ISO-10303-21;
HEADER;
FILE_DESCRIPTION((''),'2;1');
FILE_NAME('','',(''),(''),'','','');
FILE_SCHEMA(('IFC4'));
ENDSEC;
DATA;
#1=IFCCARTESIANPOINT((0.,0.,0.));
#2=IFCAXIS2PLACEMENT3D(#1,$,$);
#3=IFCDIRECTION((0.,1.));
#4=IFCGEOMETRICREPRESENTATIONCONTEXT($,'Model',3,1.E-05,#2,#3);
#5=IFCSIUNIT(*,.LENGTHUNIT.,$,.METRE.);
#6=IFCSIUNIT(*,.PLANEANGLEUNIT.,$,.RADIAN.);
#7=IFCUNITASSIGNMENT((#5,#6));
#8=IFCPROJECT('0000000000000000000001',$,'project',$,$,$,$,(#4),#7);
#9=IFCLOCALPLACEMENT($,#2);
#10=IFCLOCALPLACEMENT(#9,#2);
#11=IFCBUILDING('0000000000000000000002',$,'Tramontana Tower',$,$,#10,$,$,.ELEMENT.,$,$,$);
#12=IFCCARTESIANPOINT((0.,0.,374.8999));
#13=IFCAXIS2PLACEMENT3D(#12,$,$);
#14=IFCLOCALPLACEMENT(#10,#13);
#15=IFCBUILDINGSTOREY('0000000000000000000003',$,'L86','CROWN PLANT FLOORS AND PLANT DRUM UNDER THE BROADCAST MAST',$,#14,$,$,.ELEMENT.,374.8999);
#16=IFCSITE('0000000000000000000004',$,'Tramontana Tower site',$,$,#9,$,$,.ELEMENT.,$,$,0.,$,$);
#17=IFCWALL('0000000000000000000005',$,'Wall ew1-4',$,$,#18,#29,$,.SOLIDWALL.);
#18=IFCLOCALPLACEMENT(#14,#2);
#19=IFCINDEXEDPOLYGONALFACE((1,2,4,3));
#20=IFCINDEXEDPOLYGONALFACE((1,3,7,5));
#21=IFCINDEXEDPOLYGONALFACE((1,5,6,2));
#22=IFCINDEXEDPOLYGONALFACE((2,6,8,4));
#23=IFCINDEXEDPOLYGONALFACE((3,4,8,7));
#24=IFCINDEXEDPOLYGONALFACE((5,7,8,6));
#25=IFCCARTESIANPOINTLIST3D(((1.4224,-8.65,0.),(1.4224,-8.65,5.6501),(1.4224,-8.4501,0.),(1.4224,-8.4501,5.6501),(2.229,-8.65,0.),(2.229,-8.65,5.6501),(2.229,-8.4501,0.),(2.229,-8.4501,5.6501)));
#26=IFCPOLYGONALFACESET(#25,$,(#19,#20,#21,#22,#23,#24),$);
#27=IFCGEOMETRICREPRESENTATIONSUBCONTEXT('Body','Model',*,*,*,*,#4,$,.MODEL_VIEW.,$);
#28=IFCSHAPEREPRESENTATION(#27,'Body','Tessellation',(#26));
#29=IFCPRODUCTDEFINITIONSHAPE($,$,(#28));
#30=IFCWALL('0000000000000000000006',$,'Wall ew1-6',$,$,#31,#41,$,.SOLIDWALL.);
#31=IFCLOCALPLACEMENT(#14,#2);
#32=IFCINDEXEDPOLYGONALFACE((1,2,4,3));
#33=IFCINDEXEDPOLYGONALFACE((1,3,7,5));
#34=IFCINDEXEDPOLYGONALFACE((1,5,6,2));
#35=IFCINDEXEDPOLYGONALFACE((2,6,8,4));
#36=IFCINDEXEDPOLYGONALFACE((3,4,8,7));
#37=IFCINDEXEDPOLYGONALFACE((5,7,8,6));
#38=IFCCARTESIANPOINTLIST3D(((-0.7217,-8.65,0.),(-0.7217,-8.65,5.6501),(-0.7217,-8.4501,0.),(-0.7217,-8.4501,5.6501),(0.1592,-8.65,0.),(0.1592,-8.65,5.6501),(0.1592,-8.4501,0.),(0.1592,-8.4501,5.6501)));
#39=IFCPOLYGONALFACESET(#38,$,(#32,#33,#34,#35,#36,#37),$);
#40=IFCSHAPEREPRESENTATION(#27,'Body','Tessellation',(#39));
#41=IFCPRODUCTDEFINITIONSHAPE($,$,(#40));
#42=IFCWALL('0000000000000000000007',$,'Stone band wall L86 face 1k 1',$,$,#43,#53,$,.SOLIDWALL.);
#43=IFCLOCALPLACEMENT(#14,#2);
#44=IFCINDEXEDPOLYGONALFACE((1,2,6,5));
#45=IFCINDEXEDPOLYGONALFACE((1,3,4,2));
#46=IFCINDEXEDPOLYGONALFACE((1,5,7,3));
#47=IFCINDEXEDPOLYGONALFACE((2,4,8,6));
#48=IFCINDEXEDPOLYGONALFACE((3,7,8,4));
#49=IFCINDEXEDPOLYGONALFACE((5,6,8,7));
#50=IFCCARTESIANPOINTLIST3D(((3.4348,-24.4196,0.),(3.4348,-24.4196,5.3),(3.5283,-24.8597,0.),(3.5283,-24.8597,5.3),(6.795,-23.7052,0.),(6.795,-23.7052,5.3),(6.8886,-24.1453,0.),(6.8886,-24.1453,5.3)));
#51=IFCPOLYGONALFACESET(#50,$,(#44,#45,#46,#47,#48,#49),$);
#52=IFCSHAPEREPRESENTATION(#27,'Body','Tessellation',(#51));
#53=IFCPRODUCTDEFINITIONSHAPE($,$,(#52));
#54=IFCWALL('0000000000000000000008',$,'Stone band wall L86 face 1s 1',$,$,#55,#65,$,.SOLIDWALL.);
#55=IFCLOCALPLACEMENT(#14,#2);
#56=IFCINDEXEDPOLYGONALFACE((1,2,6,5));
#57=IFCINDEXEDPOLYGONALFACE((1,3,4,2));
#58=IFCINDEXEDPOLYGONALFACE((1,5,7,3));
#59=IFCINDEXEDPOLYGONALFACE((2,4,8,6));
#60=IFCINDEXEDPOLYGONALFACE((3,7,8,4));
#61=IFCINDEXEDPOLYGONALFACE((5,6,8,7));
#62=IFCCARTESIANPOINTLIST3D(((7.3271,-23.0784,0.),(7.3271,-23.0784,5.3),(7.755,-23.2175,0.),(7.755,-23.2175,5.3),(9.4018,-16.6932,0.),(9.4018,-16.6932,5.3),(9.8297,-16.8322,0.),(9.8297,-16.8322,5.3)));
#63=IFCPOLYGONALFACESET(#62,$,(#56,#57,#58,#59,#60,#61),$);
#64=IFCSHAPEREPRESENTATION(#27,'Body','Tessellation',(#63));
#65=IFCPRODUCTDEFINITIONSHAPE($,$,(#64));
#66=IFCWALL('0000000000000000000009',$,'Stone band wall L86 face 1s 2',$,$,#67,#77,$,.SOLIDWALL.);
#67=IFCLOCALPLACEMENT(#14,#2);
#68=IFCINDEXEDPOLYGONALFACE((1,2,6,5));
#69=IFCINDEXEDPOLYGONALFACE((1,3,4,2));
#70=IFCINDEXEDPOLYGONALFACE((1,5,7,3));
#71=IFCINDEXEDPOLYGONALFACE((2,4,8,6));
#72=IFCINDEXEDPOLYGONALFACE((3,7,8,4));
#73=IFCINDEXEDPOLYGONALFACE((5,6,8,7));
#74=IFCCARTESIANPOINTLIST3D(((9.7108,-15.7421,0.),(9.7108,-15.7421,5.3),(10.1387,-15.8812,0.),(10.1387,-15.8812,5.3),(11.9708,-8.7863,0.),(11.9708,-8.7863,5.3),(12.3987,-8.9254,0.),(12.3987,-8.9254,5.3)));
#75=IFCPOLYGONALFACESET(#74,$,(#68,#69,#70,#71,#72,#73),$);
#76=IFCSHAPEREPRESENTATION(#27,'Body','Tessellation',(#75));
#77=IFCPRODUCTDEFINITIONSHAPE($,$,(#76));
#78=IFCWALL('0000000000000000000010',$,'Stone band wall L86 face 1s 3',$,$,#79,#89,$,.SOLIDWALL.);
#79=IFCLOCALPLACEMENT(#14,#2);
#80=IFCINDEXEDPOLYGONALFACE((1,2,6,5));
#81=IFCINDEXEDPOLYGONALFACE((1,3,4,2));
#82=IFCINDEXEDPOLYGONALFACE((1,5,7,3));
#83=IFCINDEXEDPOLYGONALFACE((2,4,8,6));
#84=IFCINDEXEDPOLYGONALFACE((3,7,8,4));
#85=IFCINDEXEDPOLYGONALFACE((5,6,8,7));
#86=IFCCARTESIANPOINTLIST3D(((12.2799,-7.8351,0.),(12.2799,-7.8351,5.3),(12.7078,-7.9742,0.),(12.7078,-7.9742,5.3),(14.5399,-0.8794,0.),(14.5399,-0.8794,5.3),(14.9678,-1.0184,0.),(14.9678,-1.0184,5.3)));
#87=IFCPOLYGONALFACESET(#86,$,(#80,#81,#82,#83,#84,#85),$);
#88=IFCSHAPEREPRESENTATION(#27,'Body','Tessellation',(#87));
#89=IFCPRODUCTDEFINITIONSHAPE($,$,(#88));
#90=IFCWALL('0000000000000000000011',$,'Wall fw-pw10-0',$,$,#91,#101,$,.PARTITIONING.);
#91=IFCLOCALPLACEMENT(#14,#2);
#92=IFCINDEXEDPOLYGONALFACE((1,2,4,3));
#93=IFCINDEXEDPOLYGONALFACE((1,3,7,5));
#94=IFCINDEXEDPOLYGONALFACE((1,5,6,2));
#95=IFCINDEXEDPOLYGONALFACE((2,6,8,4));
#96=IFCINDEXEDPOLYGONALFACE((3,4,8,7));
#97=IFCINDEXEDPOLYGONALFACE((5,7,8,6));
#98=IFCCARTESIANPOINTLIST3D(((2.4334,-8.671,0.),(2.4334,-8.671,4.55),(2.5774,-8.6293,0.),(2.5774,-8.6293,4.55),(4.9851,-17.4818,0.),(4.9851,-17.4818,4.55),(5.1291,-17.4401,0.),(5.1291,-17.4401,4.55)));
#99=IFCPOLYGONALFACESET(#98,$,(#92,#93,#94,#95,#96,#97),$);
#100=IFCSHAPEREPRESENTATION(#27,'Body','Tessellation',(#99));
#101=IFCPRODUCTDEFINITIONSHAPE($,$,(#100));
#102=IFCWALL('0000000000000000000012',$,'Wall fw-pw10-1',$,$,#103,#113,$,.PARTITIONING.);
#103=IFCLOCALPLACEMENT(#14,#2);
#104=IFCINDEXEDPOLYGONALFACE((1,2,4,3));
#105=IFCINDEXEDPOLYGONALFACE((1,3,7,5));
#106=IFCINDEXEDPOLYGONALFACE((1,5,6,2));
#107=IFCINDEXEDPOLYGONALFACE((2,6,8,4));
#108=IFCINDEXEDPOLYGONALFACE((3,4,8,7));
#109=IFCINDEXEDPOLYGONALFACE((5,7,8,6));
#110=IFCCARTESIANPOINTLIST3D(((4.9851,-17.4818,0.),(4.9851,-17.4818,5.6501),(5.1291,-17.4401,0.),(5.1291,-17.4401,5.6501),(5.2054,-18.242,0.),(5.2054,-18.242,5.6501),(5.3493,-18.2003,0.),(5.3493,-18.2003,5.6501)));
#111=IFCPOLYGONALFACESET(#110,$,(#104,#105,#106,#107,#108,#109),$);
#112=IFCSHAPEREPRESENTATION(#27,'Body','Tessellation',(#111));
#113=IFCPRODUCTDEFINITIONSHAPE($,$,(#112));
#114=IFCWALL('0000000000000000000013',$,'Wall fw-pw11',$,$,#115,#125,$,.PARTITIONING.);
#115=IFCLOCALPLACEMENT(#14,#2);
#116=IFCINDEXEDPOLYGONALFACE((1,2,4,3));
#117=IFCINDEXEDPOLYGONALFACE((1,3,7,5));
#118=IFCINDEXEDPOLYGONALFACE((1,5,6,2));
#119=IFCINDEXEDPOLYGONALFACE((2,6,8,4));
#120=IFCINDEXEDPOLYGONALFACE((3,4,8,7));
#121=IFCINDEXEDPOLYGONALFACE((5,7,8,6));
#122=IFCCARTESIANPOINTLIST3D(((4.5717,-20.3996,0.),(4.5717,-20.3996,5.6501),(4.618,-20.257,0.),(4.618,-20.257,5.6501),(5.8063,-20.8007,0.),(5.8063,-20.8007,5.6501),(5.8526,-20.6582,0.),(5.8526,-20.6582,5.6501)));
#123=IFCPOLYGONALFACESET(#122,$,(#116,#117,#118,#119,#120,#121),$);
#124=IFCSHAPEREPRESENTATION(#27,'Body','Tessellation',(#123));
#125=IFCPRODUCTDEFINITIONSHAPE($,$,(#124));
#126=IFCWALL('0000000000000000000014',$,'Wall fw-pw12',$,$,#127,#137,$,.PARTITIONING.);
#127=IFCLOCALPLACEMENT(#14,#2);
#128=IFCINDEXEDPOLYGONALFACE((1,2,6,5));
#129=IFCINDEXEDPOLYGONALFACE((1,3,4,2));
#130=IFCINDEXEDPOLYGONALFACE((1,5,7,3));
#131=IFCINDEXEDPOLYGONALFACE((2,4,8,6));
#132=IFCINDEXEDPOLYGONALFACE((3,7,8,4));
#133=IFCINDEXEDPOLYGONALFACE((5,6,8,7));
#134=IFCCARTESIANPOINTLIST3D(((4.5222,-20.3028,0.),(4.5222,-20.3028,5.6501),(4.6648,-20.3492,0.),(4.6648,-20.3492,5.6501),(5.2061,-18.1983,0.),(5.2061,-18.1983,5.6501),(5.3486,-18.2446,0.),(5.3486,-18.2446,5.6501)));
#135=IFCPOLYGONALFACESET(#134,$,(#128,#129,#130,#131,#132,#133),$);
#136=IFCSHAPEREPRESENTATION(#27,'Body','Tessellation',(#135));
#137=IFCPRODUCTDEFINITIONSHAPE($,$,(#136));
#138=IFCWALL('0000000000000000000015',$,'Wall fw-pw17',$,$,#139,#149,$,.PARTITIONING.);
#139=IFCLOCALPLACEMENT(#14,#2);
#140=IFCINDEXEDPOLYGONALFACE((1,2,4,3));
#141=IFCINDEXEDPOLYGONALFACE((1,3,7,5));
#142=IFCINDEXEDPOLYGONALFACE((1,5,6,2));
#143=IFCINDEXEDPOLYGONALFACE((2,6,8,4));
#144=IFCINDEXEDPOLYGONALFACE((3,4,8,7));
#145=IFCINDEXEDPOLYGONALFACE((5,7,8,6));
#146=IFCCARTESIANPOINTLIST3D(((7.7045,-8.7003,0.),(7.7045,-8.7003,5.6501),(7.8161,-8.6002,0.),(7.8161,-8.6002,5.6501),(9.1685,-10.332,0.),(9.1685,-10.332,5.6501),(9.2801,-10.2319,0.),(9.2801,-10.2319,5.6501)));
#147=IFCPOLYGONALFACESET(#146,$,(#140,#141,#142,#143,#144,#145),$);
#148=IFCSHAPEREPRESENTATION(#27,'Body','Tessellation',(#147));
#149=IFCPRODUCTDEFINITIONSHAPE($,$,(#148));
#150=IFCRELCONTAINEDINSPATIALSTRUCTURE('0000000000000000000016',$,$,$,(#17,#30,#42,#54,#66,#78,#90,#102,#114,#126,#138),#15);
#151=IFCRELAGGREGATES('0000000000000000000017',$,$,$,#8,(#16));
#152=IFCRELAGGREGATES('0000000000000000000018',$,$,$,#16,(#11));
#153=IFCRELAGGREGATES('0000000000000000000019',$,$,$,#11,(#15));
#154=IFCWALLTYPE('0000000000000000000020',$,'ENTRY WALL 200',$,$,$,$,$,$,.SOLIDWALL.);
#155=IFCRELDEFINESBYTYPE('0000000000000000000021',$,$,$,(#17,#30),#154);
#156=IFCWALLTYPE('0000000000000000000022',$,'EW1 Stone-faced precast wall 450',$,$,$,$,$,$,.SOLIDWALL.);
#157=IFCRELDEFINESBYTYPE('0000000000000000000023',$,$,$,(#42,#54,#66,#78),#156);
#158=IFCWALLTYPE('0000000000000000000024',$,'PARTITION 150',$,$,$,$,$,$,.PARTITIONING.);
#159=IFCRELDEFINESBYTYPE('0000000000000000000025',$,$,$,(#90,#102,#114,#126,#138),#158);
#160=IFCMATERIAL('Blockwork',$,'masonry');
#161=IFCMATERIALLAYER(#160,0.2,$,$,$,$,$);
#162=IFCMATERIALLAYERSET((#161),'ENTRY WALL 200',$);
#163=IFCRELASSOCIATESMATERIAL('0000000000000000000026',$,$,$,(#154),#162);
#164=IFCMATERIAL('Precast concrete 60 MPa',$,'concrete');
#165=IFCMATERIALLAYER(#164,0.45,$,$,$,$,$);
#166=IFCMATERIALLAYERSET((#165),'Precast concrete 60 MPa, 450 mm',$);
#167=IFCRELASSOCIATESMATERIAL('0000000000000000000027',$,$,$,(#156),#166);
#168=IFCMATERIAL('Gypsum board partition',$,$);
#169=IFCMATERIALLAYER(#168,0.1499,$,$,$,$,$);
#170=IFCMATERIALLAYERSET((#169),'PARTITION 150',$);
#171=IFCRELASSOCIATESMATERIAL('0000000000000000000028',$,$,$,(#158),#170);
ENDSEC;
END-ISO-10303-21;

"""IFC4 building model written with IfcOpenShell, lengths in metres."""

from ifc_helpers import new_model, si_unit, direction, frame, frame_2d, origin, place, context, subcontext, project, spatial, rectangle, extrude, material, layer, layer_set, type_object, element, save


model = new_model("IFC4")

# Units and contexts
model_context = context("Model", 3, precision=1e-05, world=origin(), true_north=direction((0.0, 1.0)))
body_context = subcontext(model_context, "Body", "Model", "MODEL_VIEW")
ifc_project = project(units=[si_unit("LENGTHUNIT", "METRE"), si_unit("PLANEANGLEUNIT", "RADIAN")], contexts=[model_context])

# Site, building, storey
site_placement = place(None, origin())
site = spatial("IfcSite", under=ifc_project, at=site_placement, Name="Tramontana Tower site", CompositionType="ELEMENT", RefElevation=0.0)
building_placement = place(site_placement, origin())
building = spatial("IfcBuilding", under=site, at=building_placement, Name="Tramontana Tower", CompositionType="ELEMENT")
storey_placement = place(building_placement, frame((0.0, 0.0, 374.8999)))
storey = spatial("IfcBuildingStorey", under=building, at=storey_placement, Name="L86", Description="CROWN PLANT FLOORS AND PLANT DRUM UNDER THE BROADCAST MAST", CompositionType="ELEMENT", Elevation=374.8999)

# Shared definitions
ifc_material_1 = material(Name="Blockwork", Category="masonry")
ifc_layer_1 = layer(ifc_material_1, 0.2)
ifc_layer_set_1 = layer_set([ifc_layer_1], Name="ENTRY WALL 200")
wall_type_1 = type_object("IfcWallType", Name="ENTRY WALL 200", PredefinedType="SOLIDWALL", material=ifc_layer_set_1)

# Wall
wall_1_placement = place(storey_placement, frame((2.229, -8.55, 0.0), z_axis=(0.0, 0.0, 1.0), x_axis=(-1.0, 0.0, 0.0)))
element("IfcWall", 1, at=wall_1_placement, inside=storey, type_object=wall_type_1, Name="Wall ew1-4", PredefinedType="SOLIDWALL", context=body_context, shape_type="SweptSolid", body=[
    extrude(rectangle(XDim=0.8066, YDim=0.2, at=frame_2d((0.4033, 0.0))), origin(), (0.0, 0.0, 1.0), 5.6501),
])

# Walls
wall_2_placement = place(storey_placement, frame((0.1592, -8.55, 0.0), z_axis=(0.0, 0.0, 1.0), x_axis=(-1.0, 0.0, 0.0)))
element("IfcWall", 2, at=wall_2_placement, inside=storey, type_object=wall_type_1, Name="Wall ew1-6", PredefinedType="SOLIDWALL", context=body_context, shape_type="SweptSolid", body=[
    extrude(rectangle(XDim=0.8809, YDim=0.2, at=frame_2d((0.4404, 0.0))), origin(), (0.0, 0.0, 1.0), 5.6501),
])
ifc_material_2 = material(Name="Precast concrete 60 MPa", Category="concrete")
ifc_layer_2 = layer(ifc_material_2, 0.45)
ifc_layer_set_2 = layer_set([ifc_layer_2], Name="Precast concrete 60 MPa, 450 mm")
wall_type_2 = type_object("IfcWallType", Name="EW1 Stone-faced precast wall 450", PredefinedType="SOLIDWALL", material=ifc_layer_set_2)
wall_3_placement = place(storey_placement, frame((3.4814, -24.6396, 0.0), z_axis=(0.0, 0.0, 1.0), x_axis=(0.978139, 0.207951, 0.0)))
element("IfcWall", 3, at=wall_3_placement, inside=storey, type_object=wall_type_2, Name="Stone band wall L86 face 1k 1", PredefinedType="SOLIDWALL", context=body_context, shape_type="SweptSolid", body=[
    extrude(rectangle(XDim=3.4353, YDim=0.45, at=frame_2d((1.7178, 0.0))), origin(), (0.0, 0.0, 1.0), 5.3),
])
wall_4_placement = place(storey_placement, frame((7.541, -23.1479, 0.0), z_axis=(0.0, 0.0, 1.0), x_axis=(0.309019, 0.951056, 0.0)))
element("IfcWall", 4, at=wall_4_placement, inside=storey, type_object=wall_type_2, Name="Stone band wall L86 face 1s 1", PredefinedType="SOLIDWALL", context=body_context, shape_type="SweptSolid", body=[
    extrude(rectangle(XDim=6.7139, YDim=0.45, at=frame_2d((3.3569, 0.0))), origin(), (0.0, 0.0, 1.0), 5.3),
])
for number, where, z_axis, x_axis, name in (
    (5, (9.9248, -15.8115, 0.0), (0.0, 0.0, 1.0), (0.309008, 0.951059, 0.0), "Stone band wall L86 face 1s 2"),
    (6, (12.4939, -7.9045, 0.0), (0.0, 0.0, 1.0), (0.309008, 0.951059, 0.0), "Stone band wall L86 face 1s 3"),
):
    element("IfcWall", number, at=place(storey_placement, frame(where, z_axis=z_axis, x_axis=x_axis)), inside=storey, type_object=wall_type_2, Name=name, PredefinedType="SOLIDWALL", context=body_context, shape_type="SweptSolid", body=[
        extrude(rectangle(XDim=7.3137, YDim=0.45, at=frame_2d((3.6567, 0.0))), origin(), (0.0, 0.0, 1.0), 5.3),
    ])
ifc_material_3 = material(Name="Gypsum board partition")
ifc_layer_3 = layer(ifc_material_3, 0.1499)
ifc_layer_set_3 = layer_set([ifc_layer_3], Name="PARTITION 150")
wall_type_3 = type_object("IfcWallType", Name="PARTITION 150", PredefinedType="PARTITIONING", material=ifc_layer_set_3)
wall_5_placement = place(storey_placement, frame((2.5054, -8.6501, 0.0), z_axis=(0.0, 0.0, 1.0), x_axis=(0.278185, -0.960527, 0.0)))
element("IfcWall", 7, at=wall_5_placement, inside=storey, type_object=wall_type_3, Name="Wall fw-pw10-0", PredefinedType="PARTITIONING", context=body_context, shape_type="SweptSolid", body=[
    extrude(rectangle(XDim=9.1729, YDim=0.1499, at=frame_2d((4.5864, 0.0))), origin(), (0.0, 0.0, 1.0), 4.55),
])
wall_6_placement = place(storey_placement, frame((5.0571, -17.4609, 0.0), z_axis=(0.0, 0.0, 1.0), x_axis=(0.278223, -0.960517, 0.0)))
element("IfcWall", 8, at=wall_6_placement, inside=storey, type_object=wall_type_3, Name="Wall fw-pw10-1", PredefinedType="PARTITIONING", context=body_context, shape_type="SweptSolid", body=[
    extrude(rectangle(XDim=0.7915, YDim=0.1499, at=frame_2d((0.3958, 0.0))), origin(), (0.0, 0.0, 1.0), 5.6501),
])
wall_7_placement = place(storey_placement, frame((4.595, -20.3284, 0.0), z_axis=(0.0, 0.0, 1.0), x_axis=(0.951063, -0.308997, 0.0)))
element("IfcWall", 9, at=wall_7_placement, inside=storey, type_object=wall_type_3, Name="Wall fw-pw11", PredefinedType="PARTITIONING", context=body_context, shape_type="SweptSolid", body=[
    extrude(rectangle(XDim=1.2981, YDim=0.1499, at=frame_2d((0.6489, 0.0))), origin(), (0.0, 0.0, 1.0), 5.6501),
])
wall_8_placement = place(storey_placement, frame((5.2773, -18.2214, 0.0), z_axis=(0.0, 0.0, 1.0), x_axis=(-0.309036, -0.95105, 0.0)))
element("IfcWall", 10, at=wall_8_placement, inside=storey, type_object=wall_type_3, Name="Wall fw-pw12", PredefinedType="PARTITIONING", context=body_context, shape_type="SweptSolid", body=[
    extrude(rectangle(XDim=2.2129, YDim=0.1499, at=frame_2d((1.1064, 0.0))), origin(), (0.0, 0.0, 1.0), 5.6501),
])
wall_9_placement = place(storey_placement, frame((7.7603, -8.6501, 0.0), z_axis=(0.0, 0.0, 1.0), x_axis=(0.667813, -0.744329, 0.0)))
element("IfcWall", 11, at=wall_9_placement, inside=storey, type_object=wall_type_3, Name="Wall fw-pw17", PredefinedType="PARTITIONING", context=body_context, shape_type="SweptSolid", body=[
    extrude(rectangle(XDim=2.1921, YDim=0.1499, at=frame_2d((1.0962, 0.0))), origin(), (0.0, 0.0, 1.0), 5.6501),
])

save(model, "model.ifc")
